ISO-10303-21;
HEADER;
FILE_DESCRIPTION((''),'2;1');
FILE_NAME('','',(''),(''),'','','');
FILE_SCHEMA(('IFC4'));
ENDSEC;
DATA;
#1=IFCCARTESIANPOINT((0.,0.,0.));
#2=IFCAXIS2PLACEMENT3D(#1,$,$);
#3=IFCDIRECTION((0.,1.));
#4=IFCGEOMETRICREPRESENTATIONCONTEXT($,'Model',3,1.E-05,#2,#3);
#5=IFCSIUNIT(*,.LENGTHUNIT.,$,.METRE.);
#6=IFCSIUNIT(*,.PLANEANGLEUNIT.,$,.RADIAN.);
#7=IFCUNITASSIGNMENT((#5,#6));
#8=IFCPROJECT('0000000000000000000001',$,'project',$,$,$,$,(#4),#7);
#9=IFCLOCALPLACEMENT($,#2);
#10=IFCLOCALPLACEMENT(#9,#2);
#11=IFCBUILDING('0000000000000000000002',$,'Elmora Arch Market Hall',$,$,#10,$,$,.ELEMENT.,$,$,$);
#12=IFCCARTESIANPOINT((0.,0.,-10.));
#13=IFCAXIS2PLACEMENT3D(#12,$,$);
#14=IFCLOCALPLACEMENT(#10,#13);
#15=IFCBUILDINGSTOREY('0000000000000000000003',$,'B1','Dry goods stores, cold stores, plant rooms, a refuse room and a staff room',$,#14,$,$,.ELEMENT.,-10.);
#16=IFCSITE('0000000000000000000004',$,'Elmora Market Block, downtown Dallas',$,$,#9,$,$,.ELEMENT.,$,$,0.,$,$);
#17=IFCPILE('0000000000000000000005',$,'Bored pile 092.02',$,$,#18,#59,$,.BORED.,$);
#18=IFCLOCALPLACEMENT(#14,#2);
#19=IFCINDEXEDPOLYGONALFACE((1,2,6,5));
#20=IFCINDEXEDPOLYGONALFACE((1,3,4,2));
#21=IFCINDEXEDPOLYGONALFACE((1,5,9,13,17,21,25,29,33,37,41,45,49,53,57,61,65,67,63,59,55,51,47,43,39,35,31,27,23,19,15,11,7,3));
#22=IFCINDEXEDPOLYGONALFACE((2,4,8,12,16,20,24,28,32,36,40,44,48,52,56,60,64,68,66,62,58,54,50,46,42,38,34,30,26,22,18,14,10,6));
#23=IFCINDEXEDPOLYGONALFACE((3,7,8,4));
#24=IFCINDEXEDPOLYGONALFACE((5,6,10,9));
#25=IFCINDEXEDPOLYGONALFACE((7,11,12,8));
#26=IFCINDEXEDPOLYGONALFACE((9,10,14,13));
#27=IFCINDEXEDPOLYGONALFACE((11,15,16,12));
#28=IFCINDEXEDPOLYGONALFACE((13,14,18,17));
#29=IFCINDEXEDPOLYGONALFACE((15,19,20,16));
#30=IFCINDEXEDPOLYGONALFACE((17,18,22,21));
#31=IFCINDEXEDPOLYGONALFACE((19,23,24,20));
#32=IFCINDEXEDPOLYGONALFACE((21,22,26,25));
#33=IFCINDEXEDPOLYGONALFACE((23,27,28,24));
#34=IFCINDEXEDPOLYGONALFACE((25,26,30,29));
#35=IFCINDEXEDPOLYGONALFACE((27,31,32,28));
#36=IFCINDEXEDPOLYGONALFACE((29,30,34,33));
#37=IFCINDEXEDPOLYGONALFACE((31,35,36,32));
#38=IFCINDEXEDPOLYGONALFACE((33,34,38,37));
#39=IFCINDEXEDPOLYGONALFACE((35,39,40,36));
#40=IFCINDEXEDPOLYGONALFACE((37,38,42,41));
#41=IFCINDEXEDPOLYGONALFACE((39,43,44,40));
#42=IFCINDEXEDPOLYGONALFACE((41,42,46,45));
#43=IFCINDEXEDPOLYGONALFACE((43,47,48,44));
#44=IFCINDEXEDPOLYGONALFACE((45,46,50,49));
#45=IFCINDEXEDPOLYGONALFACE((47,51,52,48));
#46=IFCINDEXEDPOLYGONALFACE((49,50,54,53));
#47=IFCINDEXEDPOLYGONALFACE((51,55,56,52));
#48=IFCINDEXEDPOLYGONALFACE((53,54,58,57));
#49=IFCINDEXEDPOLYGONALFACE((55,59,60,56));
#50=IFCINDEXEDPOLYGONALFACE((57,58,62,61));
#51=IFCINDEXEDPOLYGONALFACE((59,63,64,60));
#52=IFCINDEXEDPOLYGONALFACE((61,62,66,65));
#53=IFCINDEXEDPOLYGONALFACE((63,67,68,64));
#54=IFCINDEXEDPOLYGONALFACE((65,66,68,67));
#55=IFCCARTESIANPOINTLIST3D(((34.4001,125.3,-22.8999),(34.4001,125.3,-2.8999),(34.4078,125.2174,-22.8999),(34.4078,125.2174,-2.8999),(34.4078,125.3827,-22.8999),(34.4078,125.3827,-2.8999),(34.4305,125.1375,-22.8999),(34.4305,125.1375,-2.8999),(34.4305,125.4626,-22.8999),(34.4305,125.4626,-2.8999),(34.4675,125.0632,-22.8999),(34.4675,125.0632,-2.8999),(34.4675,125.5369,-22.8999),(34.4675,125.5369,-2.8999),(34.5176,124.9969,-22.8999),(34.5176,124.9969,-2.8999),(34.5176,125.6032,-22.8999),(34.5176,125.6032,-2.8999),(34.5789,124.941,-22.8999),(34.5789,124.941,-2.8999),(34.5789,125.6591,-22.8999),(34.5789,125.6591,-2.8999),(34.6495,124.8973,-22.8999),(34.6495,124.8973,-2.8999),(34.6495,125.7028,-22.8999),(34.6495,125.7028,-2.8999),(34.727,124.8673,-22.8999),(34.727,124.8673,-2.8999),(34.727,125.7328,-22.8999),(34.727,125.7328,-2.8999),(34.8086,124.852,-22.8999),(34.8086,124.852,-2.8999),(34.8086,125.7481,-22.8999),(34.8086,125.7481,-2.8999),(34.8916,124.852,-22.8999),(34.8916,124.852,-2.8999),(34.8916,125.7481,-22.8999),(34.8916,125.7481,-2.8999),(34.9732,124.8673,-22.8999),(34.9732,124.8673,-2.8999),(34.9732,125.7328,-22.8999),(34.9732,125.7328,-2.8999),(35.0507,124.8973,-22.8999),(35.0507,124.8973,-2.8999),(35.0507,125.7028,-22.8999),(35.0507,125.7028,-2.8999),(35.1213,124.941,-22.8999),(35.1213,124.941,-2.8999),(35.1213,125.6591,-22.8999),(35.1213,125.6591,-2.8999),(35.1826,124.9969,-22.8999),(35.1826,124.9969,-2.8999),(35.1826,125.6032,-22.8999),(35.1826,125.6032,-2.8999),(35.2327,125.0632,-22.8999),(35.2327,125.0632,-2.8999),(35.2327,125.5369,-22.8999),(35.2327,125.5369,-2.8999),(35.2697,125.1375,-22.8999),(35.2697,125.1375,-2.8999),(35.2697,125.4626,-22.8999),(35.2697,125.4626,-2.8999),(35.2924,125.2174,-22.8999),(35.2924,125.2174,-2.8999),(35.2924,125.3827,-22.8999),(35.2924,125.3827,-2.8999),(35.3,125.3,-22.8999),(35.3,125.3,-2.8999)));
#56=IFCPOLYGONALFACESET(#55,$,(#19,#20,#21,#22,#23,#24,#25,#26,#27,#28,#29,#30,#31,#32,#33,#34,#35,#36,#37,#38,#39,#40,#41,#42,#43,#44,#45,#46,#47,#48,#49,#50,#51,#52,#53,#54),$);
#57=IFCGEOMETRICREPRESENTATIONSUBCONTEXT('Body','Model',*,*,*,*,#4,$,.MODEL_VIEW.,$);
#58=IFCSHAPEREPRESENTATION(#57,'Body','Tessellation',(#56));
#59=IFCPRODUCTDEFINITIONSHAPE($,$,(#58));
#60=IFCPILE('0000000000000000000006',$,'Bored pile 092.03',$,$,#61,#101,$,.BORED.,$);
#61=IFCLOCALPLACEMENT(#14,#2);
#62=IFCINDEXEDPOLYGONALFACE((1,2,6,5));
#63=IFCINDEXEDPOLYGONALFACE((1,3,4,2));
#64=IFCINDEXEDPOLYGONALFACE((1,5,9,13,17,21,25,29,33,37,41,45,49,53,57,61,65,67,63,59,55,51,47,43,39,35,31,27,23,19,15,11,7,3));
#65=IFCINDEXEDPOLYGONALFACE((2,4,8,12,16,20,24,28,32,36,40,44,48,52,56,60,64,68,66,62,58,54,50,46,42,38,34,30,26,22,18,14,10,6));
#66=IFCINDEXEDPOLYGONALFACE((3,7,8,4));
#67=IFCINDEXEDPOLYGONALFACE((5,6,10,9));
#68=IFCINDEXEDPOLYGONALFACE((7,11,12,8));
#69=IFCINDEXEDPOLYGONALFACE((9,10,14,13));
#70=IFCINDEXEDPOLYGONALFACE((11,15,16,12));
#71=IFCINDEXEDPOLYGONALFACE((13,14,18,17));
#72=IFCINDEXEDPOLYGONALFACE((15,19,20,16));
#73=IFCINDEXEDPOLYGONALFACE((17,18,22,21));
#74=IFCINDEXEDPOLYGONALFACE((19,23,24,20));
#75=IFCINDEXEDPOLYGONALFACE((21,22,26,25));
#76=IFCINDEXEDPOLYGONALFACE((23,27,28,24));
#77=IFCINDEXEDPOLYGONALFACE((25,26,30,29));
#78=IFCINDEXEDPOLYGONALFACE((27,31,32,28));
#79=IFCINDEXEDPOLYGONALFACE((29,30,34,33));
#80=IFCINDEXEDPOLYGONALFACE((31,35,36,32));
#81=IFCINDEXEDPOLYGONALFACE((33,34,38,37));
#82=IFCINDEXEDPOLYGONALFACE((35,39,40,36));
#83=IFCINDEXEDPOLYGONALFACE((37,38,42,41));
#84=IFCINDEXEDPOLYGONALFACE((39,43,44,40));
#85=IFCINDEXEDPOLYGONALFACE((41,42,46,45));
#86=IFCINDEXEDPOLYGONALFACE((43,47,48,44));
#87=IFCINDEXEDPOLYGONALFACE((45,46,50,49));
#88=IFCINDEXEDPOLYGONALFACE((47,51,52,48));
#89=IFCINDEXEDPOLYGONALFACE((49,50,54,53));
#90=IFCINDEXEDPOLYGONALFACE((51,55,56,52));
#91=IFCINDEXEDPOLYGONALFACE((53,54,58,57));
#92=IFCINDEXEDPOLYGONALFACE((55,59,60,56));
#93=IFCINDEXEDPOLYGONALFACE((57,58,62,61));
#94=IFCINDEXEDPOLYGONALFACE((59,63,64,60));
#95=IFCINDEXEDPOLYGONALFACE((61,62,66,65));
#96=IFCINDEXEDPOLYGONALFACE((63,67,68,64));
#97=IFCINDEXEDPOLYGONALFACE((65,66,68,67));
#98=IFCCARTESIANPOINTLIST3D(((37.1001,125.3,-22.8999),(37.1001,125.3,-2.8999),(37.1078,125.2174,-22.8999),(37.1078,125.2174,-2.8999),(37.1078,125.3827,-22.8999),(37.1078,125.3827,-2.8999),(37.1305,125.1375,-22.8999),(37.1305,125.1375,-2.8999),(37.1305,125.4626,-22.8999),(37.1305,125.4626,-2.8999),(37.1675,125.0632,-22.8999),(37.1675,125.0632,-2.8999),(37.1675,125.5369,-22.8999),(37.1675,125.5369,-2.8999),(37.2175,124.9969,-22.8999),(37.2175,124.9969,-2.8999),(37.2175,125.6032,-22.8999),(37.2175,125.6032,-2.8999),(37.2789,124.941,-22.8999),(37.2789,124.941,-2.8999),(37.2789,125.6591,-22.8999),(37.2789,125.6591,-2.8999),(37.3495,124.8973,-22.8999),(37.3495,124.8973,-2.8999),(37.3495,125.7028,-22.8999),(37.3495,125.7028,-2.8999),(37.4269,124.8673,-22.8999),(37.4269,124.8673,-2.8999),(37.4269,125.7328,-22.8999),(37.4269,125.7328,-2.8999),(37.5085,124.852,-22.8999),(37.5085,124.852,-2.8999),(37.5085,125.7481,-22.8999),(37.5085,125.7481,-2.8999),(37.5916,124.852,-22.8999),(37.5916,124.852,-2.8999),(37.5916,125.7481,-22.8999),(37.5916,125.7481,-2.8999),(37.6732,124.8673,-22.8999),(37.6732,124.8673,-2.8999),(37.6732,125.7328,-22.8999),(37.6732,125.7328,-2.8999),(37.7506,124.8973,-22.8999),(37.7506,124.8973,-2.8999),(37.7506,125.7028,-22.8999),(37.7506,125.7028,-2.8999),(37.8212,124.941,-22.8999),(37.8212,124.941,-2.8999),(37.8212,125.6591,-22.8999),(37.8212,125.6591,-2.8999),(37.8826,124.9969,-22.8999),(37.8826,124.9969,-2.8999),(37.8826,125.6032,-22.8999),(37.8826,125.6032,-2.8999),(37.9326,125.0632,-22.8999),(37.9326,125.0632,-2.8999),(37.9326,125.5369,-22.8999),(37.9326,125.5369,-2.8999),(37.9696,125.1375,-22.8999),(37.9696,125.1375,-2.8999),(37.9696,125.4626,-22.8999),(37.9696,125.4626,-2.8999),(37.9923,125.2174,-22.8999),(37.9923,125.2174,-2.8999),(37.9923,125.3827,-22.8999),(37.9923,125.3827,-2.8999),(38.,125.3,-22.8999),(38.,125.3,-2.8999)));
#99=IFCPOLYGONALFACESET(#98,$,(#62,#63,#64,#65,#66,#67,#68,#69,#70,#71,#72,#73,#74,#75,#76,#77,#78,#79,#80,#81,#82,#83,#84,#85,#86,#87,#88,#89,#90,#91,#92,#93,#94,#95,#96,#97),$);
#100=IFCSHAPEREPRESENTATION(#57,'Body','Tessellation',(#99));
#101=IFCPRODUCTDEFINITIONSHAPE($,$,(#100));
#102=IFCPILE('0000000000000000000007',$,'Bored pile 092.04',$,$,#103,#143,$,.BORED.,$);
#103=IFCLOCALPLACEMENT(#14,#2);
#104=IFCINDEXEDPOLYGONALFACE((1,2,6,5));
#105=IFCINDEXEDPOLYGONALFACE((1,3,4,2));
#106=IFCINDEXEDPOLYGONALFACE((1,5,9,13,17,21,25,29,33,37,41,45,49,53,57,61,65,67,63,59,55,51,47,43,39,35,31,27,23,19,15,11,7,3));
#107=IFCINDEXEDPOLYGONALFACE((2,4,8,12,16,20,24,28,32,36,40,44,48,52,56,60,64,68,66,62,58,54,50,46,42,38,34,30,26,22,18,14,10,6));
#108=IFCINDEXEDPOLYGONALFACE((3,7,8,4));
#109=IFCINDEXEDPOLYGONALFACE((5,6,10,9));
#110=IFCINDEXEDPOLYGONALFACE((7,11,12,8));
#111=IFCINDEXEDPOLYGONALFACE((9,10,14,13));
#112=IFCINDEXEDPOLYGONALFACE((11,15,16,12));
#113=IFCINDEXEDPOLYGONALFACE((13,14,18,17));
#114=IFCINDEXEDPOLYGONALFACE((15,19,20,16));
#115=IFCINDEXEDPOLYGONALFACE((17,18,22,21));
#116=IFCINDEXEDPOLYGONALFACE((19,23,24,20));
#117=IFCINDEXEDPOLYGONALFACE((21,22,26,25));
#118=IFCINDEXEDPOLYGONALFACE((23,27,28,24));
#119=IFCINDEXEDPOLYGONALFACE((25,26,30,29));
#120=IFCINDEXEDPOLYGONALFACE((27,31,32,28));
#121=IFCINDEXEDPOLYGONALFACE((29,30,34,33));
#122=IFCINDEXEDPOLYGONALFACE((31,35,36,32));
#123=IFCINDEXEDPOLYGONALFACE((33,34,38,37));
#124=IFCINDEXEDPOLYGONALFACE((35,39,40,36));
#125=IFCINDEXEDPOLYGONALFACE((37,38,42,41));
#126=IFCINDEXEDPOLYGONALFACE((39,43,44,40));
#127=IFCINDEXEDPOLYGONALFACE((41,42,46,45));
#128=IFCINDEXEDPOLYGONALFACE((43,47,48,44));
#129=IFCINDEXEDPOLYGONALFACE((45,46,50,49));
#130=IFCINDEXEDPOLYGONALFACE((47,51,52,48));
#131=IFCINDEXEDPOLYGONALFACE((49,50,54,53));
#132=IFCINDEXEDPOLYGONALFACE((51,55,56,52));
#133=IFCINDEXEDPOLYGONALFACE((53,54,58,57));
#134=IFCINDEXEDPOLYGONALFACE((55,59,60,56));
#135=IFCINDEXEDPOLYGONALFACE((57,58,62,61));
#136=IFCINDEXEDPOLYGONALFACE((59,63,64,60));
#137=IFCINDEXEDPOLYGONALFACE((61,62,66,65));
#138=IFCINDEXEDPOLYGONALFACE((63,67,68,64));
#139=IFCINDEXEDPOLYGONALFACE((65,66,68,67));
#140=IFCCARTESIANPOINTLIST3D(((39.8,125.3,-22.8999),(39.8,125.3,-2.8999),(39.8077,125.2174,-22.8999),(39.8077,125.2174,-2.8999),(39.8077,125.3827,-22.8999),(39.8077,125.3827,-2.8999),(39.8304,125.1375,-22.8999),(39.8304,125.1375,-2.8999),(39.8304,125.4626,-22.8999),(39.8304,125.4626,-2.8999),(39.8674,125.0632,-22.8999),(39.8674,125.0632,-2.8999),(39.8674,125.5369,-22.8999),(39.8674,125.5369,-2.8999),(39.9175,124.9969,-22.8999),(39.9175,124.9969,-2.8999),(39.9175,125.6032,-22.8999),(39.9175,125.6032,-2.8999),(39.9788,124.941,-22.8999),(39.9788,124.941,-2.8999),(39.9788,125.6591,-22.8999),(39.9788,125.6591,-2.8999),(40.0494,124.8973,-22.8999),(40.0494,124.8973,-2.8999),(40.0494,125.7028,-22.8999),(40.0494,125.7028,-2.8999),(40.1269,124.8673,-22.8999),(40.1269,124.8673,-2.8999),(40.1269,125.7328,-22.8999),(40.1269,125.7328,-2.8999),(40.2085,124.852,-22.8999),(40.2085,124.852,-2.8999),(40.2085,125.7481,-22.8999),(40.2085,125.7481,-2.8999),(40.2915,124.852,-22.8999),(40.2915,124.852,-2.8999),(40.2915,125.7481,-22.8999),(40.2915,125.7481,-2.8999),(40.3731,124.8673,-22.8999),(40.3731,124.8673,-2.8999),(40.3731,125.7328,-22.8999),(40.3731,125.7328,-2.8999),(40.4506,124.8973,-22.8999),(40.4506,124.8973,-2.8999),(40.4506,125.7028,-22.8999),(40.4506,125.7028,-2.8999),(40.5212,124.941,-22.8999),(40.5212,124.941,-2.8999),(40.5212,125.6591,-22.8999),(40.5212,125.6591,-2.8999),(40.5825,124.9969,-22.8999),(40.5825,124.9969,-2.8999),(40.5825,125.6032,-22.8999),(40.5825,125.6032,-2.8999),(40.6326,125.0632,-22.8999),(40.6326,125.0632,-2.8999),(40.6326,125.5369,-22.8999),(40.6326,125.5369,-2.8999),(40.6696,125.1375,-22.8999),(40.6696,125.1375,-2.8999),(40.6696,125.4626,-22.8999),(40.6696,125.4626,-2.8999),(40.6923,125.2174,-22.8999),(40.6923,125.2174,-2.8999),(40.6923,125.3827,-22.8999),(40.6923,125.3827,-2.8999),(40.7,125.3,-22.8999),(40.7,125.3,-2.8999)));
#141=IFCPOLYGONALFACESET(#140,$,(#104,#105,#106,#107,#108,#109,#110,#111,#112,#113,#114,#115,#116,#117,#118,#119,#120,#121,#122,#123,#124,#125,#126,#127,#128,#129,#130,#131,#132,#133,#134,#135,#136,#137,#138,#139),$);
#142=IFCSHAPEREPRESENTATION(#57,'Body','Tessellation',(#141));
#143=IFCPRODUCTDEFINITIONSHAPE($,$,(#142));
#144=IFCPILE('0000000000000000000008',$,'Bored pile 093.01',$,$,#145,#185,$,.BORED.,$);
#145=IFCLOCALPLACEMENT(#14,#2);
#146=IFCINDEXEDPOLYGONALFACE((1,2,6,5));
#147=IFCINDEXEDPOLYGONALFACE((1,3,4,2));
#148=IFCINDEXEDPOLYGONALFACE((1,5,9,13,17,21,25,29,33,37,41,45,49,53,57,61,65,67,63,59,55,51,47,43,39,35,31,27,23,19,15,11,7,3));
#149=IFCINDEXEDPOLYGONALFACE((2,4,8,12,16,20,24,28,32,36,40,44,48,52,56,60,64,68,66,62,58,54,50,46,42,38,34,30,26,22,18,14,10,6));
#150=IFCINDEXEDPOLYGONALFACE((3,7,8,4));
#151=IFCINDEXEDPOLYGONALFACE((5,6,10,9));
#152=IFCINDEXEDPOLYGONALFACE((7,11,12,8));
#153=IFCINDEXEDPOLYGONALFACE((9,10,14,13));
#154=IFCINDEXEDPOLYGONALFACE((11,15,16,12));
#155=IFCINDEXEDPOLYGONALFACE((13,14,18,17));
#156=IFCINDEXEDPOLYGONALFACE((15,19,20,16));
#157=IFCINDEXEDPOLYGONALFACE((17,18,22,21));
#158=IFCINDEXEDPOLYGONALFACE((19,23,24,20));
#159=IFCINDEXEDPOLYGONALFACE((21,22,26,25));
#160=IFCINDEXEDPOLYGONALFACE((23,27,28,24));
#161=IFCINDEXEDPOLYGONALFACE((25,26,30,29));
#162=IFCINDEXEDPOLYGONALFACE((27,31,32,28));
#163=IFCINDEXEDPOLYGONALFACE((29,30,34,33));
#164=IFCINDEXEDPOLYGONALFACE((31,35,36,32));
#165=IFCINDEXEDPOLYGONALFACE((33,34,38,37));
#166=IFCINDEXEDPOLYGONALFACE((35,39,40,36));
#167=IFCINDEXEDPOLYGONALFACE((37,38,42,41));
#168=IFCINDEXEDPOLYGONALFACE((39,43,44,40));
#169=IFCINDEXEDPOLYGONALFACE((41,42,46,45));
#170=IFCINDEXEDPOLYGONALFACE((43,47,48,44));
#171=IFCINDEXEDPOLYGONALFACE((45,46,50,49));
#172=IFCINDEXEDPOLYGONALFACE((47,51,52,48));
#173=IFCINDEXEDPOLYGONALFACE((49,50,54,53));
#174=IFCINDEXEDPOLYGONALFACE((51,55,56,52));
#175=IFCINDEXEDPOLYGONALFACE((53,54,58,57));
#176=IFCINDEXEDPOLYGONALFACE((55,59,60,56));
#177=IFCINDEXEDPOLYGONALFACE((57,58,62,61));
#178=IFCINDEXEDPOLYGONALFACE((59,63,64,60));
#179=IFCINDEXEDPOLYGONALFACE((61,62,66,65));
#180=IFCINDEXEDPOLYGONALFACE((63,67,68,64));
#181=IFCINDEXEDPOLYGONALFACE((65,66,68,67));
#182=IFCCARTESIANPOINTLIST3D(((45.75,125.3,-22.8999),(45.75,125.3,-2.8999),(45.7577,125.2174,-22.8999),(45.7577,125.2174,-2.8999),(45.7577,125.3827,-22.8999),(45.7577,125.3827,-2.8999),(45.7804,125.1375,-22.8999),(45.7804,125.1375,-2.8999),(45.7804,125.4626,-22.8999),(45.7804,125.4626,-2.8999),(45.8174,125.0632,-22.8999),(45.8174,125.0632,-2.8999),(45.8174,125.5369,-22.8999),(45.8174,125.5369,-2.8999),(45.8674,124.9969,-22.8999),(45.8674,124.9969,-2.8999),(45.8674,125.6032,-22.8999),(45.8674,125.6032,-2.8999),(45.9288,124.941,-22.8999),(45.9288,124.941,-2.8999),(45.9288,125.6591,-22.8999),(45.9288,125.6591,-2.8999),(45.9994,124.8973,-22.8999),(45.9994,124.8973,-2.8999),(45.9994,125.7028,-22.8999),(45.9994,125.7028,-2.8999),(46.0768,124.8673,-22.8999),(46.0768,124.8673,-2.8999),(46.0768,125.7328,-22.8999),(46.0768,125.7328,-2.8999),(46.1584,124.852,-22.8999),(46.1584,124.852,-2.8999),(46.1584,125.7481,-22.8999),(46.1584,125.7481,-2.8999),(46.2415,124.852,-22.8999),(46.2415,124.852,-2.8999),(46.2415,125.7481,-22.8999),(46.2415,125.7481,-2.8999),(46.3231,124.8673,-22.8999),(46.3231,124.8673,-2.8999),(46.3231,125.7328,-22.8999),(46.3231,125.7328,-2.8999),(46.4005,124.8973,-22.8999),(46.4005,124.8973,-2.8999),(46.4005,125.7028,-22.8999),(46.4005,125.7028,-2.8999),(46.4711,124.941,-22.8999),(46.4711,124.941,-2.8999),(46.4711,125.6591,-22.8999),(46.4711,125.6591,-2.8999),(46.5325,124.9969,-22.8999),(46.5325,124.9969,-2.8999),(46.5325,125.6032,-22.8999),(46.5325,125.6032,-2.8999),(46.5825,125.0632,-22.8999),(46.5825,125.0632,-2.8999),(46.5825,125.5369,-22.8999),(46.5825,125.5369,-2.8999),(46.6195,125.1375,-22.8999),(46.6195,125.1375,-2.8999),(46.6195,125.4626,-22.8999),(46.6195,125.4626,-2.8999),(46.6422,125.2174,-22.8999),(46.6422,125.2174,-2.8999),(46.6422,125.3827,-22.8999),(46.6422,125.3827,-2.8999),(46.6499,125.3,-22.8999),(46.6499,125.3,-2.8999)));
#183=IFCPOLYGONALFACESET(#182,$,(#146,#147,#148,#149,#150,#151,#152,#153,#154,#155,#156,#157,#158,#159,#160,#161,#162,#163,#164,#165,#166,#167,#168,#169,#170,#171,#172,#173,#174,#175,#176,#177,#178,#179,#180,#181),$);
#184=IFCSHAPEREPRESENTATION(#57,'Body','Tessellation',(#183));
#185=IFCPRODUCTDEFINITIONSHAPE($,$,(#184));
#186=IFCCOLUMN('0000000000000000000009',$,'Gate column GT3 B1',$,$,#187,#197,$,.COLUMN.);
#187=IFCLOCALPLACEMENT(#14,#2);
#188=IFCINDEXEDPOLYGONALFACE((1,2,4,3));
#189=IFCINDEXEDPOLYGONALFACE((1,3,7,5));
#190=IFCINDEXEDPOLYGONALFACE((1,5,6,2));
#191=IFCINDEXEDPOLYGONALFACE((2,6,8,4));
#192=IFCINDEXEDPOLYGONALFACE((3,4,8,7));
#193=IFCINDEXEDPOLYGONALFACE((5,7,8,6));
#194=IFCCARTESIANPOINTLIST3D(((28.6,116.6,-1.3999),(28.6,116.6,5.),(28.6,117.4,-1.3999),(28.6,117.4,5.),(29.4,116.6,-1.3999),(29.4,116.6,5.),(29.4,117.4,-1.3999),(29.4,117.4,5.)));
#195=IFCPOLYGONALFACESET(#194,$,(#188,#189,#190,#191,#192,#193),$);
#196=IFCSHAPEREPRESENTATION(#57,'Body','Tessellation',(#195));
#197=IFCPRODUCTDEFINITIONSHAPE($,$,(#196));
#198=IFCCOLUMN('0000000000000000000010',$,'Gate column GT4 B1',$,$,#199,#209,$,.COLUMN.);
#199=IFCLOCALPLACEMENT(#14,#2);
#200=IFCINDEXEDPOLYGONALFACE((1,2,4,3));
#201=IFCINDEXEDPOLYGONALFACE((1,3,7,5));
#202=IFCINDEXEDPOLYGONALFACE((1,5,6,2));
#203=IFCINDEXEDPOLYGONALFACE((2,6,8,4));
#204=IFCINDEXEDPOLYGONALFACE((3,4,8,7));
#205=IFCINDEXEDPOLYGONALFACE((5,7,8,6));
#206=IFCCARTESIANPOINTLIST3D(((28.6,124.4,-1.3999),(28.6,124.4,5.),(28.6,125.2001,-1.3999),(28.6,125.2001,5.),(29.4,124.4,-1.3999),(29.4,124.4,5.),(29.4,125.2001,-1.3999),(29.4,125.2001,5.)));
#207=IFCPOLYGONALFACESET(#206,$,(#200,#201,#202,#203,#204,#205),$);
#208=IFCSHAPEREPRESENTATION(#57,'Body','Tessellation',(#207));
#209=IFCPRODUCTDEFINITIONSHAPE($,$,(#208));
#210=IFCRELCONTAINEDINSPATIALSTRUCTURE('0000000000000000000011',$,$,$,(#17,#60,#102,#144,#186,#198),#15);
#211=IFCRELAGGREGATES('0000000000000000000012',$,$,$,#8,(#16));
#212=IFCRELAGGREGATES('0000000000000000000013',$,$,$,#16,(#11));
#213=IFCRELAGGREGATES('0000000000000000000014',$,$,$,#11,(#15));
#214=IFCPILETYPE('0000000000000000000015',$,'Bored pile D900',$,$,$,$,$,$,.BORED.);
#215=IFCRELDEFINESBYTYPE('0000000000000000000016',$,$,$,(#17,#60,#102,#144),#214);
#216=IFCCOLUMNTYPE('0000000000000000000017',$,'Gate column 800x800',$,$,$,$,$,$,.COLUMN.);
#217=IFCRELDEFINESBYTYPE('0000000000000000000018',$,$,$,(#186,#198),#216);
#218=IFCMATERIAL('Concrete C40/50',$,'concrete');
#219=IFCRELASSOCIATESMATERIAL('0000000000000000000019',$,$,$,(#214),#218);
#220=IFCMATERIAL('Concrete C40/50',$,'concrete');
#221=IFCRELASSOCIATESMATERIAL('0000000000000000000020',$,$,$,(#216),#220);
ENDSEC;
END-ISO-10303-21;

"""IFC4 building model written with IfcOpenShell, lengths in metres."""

from ifc_helpers import new_model, si_unit, direction, frame, origin, origin_2d, place, context, subcontext, project, spatial, rectangle, circle, extrude, material, material_profile, profile_set, type_object, element, save


model = new_model("IFC4")

# Units and contexts
model_context = context("Model", 3, precision=1e-05, world=origin(), true_north=direction((0.0, 1.0)))
body_context = subcontext(model_context, "Body", "Model", "MODEL_VIEW")
ifc_project = project(units=[si_unit("LENGTHUNIT", "METRE"), si_unit("PLANEANGLEUNIT", "RADIAN")], contexts=[model_context])

# Site, building, storey
site_placement = place(None, origin())
site = spatial("IfcSite", under=ifc_project, at=site_placement, Name="Elmora Market Block, downtown Dallas", CompositionType="ELEMENT", RefElevation=0.0)
building_placement = place(site_placement, origin())
building = spatial("IfcBuilding", under=site, at=building_placement, Name="Elmora Arch Market Hall", CompositionType="ELEMENT")
storey_placement = place(building_placement, frame((0.0, 0.0, -10.0)))
storey = spatial("IfcBuildingStorey", under=building, at=storey_placement, Name="B1", Description="Dry goods stores, cold stores, plant rooms, a refuse room and a staff room", CompositionType="ELEMENT", Elevation=-10.0)

# Piles
ifc_material_1 = material(Name="Concrete C40/50", Category="concrete")
ifc_material_profile_1 = material_profile(ifc_material_1, circle(Radius=0.45, at=origin_2d()), Name="Bored pile D900")
ifc_profile_set_1 = profile_set([ifc_material_profile_1], Name="Concrete C40/50")
pile_type = type_object("IfcPileType", Name="Bored pile D900", PredefinedType="BORED", material=ifc_profile_set_1)
for number, where, z_axis, x_axis, name in (
    (1, (34.8501, 125.3, -2.8999), (0.0, 0.0, -1.0), (1.0, 0.0, 0.0), "Bored pile 092.02"),
    (2, (37.55, 125.3, -2.8999), (0.0, 0.0, -1.0), (1.0, 0.0, 0.0), "Bored pile 092.03"),
    (3, (40.25, 125.3, -2.8999), (0.0, 0.0, -1.0), (1.0, 0.0, 0.0), "Bored pile 092.04"),
    (4, (46.2, 125.3, -2.8999), (0.0, 0.0, -1.0), (1.0, 0.0, 0.0), "Bored pile 093.01"),
):
    element("IfcPile", number, at=place(storey_placement, frame(where, z_axis=z_axis, x_axis=x_axis)), inside=storey, type_object=pile_type, Name=name, PredefinedType="BORED", context=body_context, shape_type="SweptSolid", body=[
        extrude(circle(Radius=0.45, at=origin_2d()), origin(), (0.0, 0.0, 1.0), 20.0),
    ])

# Columns
ifc_material_2 = material(Name="Concrete C40/50", Category="concrete")
ifc_material_profile_2 = material_profile(ifc_material_2, rectangle(XDim=0.8, YDim=0.8, at=origin_2d()), Name="Gate column 800x800")
ifc_profile_set_2 = profile_set([ifc_material_profile_2], Name="Concrete C40/50")
column_type = type_object("IfcColumnType", Name="Gate column 800x800", PredefinedType="COLUMN", material=ifc_profile_set_2)
for number, where, z_axis, x_axis, name in (
    (5, (29.0, 117.0, -1.3999), (0.0, 0.0, 1.0), (1.0, 0.0, 0.0), "Gate column GT3 B1"),
    (6, (29.0, 124.8, -1.3999), (0.0, 0.0, 1.0), (1.0, 0.0, 0.0), "Gate column GT4 B1"),
):
    element("IfcColumn", number, at=place(storey_placement, frame(where, z_axis=z_axis, x_axis=x_axis)), inside=storey, type_object=column_type, Name=name, PredefinedType="COLUMN", context=body_context, shape_type="SweptSolid", body=[
        extrude(rectangle(XDim=0.8, YDim=0.8, at=origin_2d()), origin(), (0.0, 0.0, 1.0), 6.3999),
    ])

save(model, "model.ifc")
